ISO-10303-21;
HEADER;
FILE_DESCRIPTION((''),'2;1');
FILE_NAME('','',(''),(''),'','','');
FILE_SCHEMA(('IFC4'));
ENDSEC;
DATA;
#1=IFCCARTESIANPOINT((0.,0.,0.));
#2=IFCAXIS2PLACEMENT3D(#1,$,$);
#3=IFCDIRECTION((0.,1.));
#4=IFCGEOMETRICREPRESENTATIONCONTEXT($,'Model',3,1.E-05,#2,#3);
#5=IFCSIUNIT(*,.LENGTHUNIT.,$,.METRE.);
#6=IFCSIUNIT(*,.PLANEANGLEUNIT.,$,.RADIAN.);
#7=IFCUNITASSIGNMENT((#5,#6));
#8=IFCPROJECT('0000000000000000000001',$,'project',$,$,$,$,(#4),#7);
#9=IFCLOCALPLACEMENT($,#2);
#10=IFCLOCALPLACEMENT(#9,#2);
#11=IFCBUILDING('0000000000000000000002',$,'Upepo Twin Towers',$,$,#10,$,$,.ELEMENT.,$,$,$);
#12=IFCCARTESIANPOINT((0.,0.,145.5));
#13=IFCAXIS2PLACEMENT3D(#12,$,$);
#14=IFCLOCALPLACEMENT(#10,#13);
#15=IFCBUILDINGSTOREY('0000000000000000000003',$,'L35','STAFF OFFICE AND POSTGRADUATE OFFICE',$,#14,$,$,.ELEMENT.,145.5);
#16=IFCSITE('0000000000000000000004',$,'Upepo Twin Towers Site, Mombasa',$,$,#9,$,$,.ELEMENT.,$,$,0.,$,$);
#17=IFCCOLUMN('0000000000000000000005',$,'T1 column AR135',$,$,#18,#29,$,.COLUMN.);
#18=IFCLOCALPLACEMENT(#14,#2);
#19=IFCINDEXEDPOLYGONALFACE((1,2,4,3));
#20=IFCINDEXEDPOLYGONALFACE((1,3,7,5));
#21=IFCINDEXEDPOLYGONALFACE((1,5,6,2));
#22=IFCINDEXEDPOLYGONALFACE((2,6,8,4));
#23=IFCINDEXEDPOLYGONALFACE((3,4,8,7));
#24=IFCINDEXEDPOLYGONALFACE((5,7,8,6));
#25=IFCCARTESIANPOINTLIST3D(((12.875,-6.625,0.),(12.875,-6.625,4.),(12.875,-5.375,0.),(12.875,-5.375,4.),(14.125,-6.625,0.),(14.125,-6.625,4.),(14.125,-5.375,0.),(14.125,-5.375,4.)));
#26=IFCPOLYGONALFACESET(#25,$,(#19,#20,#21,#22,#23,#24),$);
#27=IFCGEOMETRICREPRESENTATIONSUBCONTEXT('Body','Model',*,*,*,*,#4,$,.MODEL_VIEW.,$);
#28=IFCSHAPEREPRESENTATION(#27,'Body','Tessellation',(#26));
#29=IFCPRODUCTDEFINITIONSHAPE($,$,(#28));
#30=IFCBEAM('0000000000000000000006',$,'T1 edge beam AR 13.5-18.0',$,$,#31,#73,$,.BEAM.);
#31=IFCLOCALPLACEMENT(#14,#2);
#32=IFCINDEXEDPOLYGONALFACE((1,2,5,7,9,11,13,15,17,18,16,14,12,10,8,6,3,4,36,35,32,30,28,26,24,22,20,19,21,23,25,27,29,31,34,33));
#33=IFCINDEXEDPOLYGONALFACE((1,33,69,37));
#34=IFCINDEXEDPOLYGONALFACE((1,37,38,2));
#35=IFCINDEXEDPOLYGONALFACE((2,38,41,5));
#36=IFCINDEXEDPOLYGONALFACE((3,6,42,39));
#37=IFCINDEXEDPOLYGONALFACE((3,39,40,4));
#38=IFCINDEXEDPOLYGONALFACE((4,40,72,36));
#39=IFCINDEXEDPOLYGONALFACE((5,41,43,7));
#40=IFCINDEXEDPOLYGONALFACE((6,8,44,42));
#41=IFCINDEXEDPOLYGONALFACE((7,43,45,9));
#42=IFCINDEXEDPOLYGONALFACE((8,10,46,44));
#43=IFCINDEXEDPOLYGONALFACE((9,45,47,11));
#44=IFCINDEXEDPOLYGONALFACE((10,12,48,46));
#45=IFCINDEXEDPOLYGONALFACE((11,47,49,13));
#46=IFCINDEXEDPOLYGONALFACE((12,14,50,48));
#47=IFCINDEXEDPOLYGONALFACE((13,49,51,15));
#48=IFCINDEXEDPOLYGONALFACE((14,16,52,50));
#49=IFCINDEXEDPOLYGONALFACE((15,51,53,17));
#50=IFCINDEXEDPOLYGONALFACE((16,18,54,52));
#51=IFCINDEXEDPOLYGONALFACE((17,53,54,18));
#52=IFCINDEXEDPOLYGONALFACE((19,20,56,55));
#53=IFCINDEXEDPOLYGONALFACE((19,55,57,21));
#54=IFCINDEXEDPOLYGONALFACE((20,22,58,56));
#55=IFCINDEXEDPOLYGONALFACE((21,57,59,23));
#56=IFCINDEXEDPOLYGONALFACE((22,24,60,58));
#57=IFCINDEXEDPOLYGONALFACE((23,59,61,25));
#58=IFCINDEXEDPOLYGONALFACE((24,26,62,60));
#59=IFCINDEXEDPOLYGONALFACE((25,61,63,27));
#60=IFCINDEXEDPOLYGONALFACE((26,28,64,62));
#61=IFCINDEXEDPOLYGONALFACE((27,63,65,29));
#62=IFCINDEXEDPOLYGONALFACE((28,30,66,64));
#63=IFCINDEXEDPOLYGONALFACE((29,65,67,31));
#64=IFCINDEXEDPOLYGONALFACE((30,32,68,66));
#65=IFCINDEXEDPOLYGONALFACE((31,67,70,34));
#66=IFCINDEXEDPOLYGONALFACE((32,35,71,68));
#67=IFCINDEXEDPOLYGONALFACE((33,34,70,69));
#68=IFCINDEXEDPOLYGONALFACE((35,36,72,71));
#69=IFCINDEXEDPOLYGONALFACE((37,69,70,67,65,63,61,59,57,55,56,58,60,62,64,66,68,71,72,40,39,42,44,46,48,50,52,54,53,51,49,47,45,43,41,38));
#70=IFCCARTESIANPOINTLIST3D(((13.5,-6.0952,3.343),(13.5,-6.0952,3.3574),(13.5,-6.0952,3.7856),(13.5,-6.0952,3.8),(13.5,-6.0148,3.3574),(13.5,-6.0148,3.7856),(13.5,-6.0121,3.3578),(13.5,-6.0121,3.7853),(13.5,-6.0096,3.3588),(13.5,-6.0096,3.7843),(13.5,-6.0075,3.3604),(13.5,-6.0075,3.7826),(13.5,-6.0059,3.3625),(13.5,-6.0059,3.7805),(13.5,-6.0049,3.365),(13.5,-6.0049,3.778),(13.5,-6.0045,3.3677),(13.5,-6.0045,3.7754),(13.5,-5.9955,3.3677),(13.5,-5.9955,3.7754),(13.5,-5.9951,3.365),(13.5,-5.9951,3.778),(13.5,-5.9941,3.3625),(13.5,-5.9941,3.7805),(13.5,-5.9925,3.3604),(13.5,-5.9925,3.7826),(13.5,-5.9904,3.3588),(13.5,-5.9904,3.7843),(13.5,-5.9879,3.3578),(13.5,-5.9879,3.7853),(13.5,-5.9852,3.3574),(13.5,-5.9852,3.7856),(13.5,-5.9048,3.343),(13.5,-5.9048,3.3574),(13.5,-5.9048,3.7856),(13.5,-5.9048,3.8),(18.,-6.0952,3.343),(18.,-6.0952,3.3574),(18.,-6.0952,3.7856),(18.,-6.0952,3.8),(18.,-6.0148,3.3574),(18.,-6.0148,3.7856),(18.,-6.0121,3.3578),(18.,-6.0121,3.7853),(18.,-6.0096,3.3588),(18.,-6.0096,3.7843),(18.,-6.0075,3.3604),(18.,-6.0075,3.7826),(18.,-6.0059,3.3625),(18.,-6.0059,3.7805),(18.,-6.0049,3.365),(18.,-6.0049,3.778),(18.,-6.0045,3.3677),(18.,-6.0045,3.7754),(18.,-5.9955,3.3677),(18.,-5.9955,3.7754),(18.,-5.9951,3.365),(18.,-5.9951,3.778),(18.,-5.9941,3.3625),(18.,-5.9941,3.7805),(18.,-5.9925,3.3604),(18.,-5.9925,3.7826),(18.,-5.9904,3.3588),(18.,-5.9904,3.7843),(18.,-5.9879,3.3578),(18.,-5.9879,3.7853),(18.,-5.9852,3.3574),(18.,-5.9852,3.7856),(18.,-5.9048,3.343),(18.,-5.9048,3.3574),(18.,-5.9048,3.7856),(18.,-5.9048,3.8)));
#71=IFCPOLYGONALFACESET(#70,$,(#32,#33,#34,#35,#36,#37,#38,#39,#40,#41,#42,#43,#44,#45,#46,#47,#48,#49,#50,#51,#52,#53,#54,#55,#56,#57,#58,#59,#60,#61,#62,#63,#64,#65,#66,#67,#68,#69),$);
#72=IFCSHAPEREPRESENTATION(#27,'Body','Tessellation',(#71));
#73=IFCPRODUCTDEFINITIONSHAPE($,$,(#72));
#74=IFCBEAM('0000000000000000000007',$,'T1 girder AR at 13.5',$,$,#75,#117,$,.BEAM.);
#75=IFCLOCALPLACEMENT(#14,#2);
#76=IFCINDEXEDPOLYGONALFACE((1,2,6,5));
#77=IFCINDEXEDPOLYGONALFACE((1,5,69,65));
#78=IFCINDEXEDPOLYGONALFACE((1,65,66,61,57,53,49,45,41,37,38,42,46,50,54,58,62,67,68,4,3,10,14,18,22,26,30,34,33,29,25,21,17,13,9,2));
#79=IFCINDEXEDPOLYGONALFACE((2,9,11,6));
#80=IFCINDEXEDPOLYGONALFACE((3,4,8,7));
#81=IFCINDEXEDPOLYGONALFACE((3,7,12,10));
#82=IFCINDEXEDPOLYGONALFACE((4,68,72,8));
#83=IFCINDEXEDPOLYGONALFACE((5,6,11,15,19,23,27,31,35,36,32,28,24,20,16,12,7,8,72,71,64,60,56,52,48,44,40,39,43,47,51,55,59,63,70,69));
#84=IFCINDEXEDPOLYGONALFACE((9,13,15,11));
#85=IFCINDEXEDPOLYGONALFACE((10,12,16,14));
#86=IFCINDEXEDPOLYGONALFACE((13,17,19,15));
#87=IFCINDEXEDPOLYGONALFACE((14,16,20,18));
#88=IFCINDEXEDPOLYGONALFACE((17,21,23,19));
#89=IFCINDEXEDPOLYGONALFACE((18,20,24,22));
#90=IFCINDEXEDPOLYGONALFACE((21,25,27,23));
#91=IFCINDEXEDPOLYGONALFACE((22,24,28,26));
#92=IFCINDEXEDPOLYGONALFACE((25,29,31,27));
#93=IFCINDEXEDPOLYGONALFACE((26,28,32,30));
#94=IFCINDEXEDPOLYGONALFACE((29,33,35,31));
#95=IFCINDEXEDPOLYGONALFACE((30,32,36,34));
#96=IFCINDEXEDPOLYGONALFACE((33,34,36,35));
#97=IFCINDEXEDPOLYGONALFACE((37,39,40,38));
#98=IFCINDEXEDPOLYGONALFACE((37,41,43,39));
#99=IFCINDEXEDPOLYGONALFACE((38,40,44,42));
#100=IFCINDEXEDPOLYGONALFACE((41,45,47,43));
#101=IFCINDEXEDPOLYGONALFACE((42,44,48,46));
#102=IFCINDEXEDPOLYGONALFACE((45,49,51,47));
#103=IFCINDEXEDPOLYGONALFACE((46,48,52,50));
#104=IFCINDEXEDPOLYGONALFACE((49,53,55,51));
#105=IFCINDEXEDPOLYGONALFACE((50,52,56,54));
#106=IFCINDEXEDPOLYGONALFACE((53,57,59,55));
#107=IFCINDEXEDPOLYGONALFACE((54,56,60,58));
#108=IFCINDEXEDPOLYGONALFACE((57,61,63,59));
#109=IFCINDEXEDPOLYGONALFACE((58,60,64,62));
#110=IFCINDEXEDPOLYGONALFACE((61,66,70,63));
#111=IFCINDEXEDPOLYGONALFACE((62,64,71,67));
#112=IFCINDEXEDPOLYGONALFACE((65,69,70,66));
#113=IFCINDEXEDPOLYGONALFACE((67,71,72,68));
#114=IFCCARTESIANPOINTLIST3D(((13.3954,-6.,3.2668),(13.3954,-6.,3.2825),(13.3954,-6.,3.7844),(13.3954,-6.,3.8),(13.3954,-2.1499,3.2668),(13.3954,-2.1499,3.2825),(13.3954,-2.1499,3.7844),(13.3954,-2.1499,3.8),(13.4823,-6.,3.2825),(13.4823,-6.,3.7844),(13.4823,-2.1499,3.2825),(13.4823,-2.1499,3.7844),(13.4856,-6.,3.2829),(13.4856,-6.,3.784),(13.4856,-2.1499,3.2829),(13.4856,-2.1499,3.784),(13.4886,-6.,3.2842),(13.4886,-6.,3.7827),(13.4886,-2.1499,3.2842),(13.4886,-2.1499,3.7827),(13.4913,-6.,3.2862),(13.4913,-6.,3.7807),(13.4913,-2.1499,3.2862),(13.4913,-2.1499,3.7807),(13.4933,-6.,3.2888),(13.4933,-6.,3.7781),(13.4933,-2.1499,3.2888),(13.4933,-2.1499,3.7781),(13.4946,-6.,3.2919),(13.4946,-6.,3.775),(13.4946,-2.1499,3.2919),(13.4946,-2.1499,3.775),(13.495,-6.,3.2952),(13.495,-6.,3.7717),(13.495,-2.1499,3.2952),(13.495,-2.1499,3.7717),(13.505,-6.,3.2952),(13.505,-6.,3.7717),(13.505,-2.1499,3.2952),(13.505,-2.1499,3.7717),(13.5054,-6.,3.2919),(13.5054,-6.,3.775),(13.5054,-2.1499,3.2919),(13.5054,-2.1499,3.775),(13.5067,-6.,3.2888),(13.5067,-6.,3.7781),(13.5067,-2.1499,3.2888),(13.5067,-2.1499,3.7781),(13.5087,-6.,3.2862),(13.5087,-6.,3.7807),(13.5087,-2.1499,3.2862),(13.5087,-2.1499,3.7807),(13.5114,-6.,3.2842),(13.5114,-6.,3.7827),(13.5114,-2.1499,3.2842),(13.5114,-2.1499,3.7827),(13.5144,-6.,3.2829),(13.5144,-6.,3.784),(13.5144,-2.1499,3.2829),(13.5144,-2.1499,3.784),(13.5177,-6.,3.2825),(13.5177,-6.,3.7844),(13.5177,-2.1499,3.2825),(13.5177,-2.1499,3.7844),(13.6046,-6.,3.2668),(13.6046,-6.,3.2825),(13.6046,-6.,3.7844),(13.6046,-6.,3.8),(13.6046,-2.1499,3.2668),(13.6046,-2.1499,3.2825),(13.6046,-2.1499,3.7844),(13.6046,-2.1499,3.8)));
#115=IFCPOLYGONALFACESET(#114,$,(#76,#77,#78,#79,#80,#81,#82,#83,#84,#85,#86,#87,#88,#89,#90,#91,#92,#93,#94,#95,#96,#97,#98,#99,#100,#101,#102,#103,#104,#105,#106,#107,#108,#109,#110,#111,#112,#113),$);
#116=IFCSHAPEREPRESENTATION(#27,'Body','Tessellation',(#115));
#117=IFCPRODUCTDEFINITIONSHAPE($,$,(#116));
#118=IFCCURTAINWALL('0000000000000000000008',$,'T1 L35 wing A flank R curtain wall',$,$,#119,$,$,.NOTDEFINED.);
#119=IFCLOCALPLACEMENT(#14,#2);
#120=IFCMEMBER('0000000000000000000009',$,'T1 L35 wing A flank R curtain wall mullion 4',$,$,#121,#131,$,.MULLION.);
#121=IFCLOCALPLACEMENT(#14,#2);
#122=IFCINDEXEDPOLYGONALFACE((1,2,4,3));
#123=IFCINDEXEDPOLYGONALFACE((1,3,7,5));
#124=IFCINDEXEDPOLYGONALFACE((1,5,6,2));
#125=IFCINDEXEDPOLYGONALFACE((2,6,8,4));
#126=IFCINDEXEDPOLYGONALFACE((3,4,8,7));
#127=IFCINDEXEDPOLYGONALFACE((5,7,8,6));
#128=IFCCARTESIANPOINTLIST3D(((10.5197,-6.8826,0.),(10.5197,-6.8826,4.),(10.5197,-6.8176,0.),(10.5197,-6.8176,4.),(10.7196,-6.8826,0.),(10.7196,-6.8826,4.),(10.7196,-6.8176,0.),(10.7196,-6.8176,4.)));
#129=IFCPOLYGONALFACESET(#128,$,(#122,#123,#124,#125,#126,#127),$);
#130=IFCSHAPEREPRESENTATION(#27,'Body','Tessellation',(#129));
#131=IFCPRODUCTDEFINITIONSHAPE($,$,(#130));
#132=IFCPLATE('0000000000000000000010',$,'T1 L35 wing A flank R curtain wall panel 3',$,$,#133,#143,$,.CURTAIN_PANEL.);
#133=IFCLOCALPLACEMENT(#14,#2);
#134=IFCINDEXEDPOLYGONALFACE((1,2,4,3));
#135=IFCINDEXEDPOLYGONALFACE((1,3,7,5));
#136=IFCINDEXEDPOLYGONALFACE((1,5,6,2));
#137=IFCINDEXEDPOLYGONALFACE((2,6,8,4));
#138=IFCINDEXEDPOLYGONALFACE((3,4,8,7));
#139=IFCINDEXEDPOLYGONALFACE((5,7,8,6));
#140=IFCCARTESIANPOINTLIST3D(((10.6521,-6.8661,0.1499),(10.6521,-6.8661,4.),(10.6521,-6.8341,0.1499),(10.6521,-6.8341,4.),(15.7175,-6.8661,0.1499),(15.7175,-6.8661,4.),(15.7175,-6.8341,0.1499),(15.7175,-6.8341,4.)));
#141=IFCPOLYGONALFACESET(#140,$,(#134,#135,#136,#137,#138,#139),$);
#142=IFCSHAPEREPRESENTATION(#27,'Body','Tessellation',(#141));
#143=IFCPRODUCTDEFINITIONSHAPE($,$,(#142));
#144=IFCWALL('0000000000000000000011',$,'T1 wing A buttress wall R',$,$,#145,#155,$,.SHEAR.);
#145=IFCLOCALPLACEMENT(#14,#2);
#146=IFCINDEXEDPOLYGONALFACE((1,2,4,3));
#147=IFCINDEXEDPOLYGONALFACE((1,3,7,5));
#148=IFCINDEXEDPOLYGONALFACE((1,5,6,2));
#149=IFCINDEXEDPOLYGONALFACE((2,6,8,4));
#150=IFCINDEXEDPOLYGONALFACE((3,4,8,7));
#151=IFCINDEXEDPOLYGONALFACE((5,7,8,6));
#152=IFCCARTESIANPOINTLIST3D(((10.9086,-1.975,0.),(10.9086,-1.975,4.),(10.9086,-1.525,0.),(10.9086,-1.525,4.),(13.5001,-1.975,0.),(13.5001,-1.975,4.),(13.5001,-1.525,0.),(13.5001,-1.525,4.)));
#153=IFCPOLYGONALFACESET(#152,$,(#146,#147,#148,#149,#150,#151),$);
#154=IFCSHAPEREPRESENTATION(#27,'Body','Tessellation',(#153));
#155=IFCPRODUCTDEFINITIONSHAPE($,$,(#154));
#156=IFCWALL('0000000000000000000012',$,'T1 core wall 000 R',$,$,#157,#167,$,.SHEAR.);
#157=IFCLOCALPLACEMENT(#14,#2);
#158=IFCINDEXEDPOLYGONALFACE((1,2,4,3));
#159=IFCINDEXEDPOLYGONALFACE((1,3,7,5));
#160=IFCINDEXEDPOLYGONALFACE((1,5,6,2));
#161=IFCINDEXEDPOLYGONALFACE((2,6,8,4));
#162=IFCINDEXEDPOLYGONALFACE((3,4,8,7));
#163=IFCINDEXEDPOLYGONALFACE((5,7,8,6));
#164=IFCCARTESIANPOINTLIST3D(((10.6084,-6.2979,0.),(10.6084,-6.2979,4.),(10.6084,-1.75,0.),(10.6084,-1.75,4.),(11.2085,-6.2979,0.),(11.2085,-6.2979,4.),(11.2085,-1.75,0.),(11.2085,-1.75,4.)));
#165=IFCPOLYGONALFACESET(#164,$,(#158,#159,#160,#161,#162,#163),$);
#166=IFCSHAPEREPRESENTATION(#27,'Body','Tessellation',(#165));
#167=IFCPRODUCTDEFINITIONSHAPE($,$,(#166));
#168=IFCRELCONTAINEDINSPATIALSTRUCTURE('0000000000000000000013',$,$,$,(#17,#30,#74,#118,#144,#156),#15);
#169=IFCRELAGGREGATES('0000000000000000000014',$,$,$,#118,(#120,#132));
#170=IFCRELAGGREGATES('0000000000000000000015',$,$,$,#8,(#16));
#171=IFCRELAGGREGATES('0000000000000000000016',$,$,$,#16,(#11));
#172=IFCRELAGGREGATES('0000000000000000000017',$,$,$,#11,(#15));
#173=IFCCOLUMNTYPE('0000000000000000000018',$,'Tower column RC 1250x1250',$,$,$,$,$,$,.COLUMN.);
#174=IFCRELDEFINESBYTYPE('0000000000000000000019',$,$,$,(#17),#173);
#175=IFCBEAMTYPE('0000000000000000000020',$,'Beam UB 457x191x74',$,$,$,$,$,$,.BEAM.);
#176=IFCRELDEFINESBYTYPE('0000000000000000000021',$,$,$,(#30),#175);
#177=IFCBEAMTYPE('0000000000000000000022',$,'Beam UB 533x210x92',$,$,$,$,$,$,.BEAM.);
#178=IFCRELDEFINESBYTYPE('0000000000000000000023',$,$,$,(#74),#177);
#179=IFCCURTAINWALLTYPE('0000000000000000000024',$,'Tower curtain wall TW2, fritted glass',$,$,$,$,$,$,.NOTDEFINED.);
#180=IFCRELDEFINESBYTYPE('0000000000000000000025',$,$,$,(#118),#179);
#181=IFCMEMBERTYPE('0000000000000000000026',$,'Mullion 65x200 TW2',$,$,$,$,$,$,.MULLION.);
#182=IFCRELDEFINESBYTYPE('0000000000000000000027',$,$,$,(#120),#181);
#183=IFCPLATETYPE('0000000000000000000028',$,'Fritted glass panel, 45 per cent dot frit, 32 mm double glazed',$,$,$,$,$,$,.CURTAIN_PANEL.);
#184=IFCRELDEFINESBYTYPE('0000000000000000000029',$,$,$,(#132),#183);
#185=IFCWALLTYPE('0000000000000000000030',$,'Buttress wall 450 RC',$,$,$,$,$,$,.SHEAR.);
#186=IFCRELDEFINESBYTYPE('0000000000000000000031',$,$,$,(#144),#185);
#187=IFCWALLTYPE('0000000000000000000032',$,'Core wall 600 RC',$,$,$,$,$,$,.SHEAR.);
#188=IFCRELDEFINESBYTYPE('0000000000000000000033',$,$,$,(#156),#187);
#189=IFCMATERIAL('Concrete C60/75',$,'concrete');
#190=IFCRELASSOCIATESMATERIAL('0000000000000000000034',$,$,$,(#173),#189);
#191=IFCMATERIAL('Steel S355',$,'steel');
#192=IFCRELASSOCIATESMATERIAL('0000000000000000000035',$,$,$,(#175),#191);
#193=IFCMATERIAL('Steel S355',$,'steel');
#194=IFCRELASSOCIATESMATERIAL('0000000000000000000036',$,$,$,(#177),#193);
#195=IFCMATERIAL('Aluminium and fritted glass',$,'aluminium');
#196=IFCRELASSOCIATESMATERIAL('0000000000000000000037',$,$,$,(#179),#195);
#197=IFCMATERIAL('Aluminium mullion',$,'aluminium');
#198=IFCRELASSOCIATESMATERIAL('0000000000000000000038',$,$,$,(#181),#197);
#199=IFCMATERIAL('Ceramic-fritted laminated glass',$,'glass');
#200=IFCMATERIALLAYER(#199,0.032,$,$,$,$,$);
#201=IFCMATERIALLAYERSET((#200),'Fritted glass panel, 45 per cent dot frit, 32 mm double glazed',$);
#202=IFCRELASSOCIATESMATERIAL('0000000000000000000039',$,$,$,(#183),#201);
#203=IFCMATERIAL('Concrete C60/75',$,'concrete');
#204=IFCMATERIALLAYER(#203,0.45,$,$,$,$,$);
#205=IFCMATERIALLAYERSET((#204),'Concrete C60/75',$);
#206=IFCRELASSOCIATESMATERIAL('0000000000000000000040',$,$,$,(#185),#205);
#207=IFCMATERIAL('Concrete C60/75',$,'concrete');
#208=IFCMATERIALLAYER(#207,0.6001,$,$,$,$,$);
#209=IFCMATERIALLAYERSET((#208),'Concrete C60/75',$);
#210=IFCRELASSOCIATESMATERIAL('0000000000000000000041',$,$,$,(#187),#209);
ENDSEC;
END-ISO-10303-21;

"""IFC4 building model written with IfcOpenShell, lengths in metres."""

from ifc_helpers import new_model, si_unit, direction, frame, frame_2d, origin, origin_2d, place, context, subcontext, project, spatial, rectangle, i_section, extrude, material, layer, layer_set, material_profile, profile_set, type_object, element, aggregate, save


model = new_model("IFC4")

# Units and contexts
model_context = context("Model", 3, precision=1e-05, world=origin(), true_north=direction((0.0, 1.0)))
body_context = subcontext(model_context, "Body", "Model", "MODEL_VIEW")
ifc_project = project(units=[si_unit("LENGTHUNIT", "METRE"), si_unit("PLANEANGLEUNIT", "RADIAN")], contexts=[model_context])

# Site, building, storey
site_placement = place(None, origin())
site = spatial("IfcSite", under=ifc_project, at=site_placement, Name="Upepo Twin Towers Site, Mombasa", CompositionType="ELEMENT", RefElevation=0.0)
building_placement = place(site_placement, origin())
building = spatial("IfcBuilding", under=site, at=building_placement, Name="Upepo Twin Towers", CompositionType="ELEMENT")
storey_placement = place(building_placement, frame((0.0, 0.0, 145.5)))
storey = spatial("IfcBuildingStorey", under=building, at=storey_placement, Name="L35", Description="STAFF OFFICE AND POSTGRADUATE OFFICE", CompositionType="ELEMENT", Elevation=145.5)

# Column
ifc_material_1 = material(Name="Concrete C60/75", Category="concrete")
ifc_material_profile_1 = material_profile(ifc_material_1, rectangle(XDim=1.25, YDim=1.25, at=origin_2d()), Name="RC 1250x1250")
ifc_profile_set_1 = profile_set([ifc_material_profile_1], Name="Concrete C60/75")
column_type = type_object("IfcColumnType", Name="Tower column RC 1250x1250", PredefinedType="COLUMN", material=ifc_profile_set_1)
column_placement = place(storey_placement, frame((13.5, -6.0, 0.0), z_axis=(0.0, 0.0, 1.0), x_axis=(1.0, 0.0, 0.0)))
element("IfcColumn", 1, at=column_placement, inside=storey, type_object=column_type, Name="T1 column AR135", PredefinedType="COLUMN", context=body_context, shape_type="SweptSolid", body=[
    extrude(rectangle(XDim=1.25, YDim=1.25, at=origin_2d()), origin(), (0.0, 0.0, 1.0), 4.0),
])

# Beams
ifc_material_2 = material(Name="Steel S355", Category="steel")
ifc_material_profile_2 = material_profile(ifc_material_2, i_section(OverallWidth=0.1904, OverallDepth=0.457, WebThickness=0.009, FlangeThickness=0.0144, FilletRadius=0.0103, at=origin_2d()), Name="UB 457x191x74")
ifc_profile_set_2 = profile_set([ifc_material_profile_2], Name="Steel S355")
beam_type_1 = type_object("IfcBeamType", Name="Beam UB 457x191x74", PredefinedType="BEAM", material=ifc_profile_set_2)
beam_1_placement = place(storey_placement, frame((13.5, -6.0, 3.5715), z_axis=(1.0, 0.0, 0.0), x_axis=(0.0, 1.0, 0.0)))
element("IfcBeam", 2, at=beam_1_placement, inside=storey, type_object=beam_type_1, Name="T1 edge beam AR 13.5-18.0", PredefinedType="BEAM", context=body_context, shape_type="SweptSolid", body=[
    extrude(i_section(OverallWidth=0.1904, OverallDepth=0.457, WebThickness=0.009, FlangeThickness=0.0144, FilletRadius=0.0103, at=origin_2d()), origin(), (0.0, 0.0, 1.0), 4.5),
])
ifc_material_3 = material(Name="Steel S355", Category="steel")
ifc_material_profile_3 = material_profile(ifc_material_3, i_section(OverallWidth=0.2092, OverallDepth=0.5332, WebThickness=0.01, FlangeThickness=0.0156, FilletRadius=0.0127, at=origin_2d()), Name="UB 533x210x92")
ifc_profile_set_3 = profile_set([ifc_material_profile_3], Name="Steel S355")
beam_type_2 = type_object("IfcBeamType", Name="Beam UB 533x210x92", PredefinedType="BEAM", material=ifc_profile_set_3)
beam_2_placement = place(storey_placement, frame((13.5, -6.0, 3.5334), z_axis=(0.0, 1.0, 0.0), x_axis=(-1.0, 0.0, 0.0)))
element("IfcBeam", 3, at=beam_2_placement, inside=storey, type_object=beam_type_2, Name="T1 girder AR at 13.5", PredefinedType="BEAM", context=body_context, shape_type="SweptSolid", body=[
    extrude(i_section(OverallWidth=0.2092, OverallDepth=0.5332, WebThickness=0.01, FlangeThickness=0.0156, FilletRadius=0.0127, at=origin_2d()), origin(), (0.0, 0.0, 1.0), 3.8501),
])

# Curtain wall, member, plate
ifc_material_4 = material(Name="Aluminium and fritted glass", Category="aluminium")
curtain_wall_type = type_object("IfcCurtainWallType", Name="Tower curtain wall TW2, fritted glass", PredefinedType="NOTDEFINED", material=ifc_material_4)
curtain_wall_placement = place(storey_placement, origin())
curtain_wall = element("IfcCurtainWall", 4, at=curtain_wall_placement, inside=storey, type_object=curtain_wall_type, Name="T1 L35 wing A flank R curtain wall", PredefinedType="NOTDEFINED")
ifc_material_5 = material(Name="Aluminium mullion", Category="aluminium")
ifc_material_profile_4 = material_profile(ifc_material_5, rectangle(XDim=0.0649, YDim=0.2, at=origin_2d()), Name="MULLION 65x200")
ifc_profile_set_4 = profile_set([ifc_material_profile_4], Name="Aluminium mullion")
member_type = type_object("IfcMemberType", Name="Mullion 65x200 TW2", PredefinedType="MULLION", material=ifc_profile_set_4)
member_placement = place(storey_placement, frame((10.6196, -6.8501, 0.0), z_axis=(0.0, 0.0, 1.0), x_axis=(0.0, -1.0, 0.0)))
member = element("IfcMember", 5, at=member_placement, type_object=member_type, Name="T1 L35 wing A flank R curtain wall mullion 4", PredefinedType="MULLION", context=body_context, shape_type="SweptSolid", body=[
    extrude(rectangle(XDim=0.0649, YDim=0.2, at=origin_2d()), origin(), (0.0, 0.0, 1.0), 4.0),
])
ifc_material_6 = material(Name="Ceramic-fritted laminated glass", Category="glass")
ifc_layer_1 = layer(ifc_material_6, 0.032)
ifc_layer_set_1 = layer_set([ifc_layer_1], Name="Fritted glass panel, 45 per cent dot frit, 32 mm double glazed")
plate_type = type_object("IfcPlateType", Name="Fritted glass panel, 45 per cent dot frit, 32 mm double glazed", PredefinedType="CURTAIN_PANEL", material=ifc_layer_set_1)
plate_placement = place(storey_placement, frame((13.1848, -6.8501, 0.1499), z_axis=(0.0, 0.0, 1.0), x_axis=(-1.0, 0.0, 0.0)))
plate = element("IfcPlate", 6, at=plate_placement, type_object=plate_type, Name="T1 L35 wing A flank R curtain wall panel 3", PredefinedType="CURTAIN_PANEL", context=body_context, shape_type="SweptSolid", body=[
    extrude(rectangle(XDim=5.0654, YDim=0.032, at=origin_2d()), origin(), (0.0, 0.0, 1.0), 3.8501),
])
aggregate(curtain_wall, [member, plate])

# Walls
ifc_material_7 = material(Name="Concrete C60/75", Category="concrete")
ifc_layer_2 = layer(ifc_material_7, 0.45)
ifc_layer_set_2 = layer_set([ifc_layer_2], Name="Concrete C60/75")
wall_type_1 = type_object("IfcWallType", Name="Buttress wall 450 RC", PredefinedType="SHEAR", material=ifc_layer_set_2)
wall_1_placement = place(storey_placement, frame((10.9084, -1.75, 0.0), z_axis=(0.0, 0.0, 1.0), x_axis=(1.0, 0.0, 0.0)))
element("IfcWall", 7, at=wall_1_placement, inside=storey, type_object=wall_type_1, Name="T1 wing A buttress wall R", PredefinedType="SHEAR", context=body_context, shape_type="SweptSolid", body=[
    extrude(rectangle(XDim=2.5916, YDim=0.45, at=frame_2d((1.2959, 0.0))), origin(), (0.0, 0.0, 1.0), 4.0),
])
ifc_material_8 = material(Name="Concrete C60/75", Category="concrete")
ifc_layer_3 = layer(ifc_material_8, 0.6001)
ifc_layer_set_3 = layer_set([ifc_layer_3], Name="Concrete C60/75")
wall_type_2 = type_object("IfcWallType", Name="Core wall 600 RC", PredefinedType="SHEAR", material=ifc_layer_set_3)
wall_2_placement = place(storey_placement, frame((10.9084, -6.2979, 0.0), z_axis=(0.0, 0.0, 1.0), x_axis=(0.0, 1.0, 0.0)))
element("IfcWall", 8, at=wall_2_placement, inside=storey, type_object=wall_type_2, Name="T1 core wall 000 R", PredefinedType="SHEAR", context=body_context, shape_type="SweptSolid", body=[
    extrude(rectangle(XDim=4.5479, YDim=0.6001, at=frame_2d((2.2739, 0.0))), origin(), (0.0, 0.0, 1.0), 4.0),
])

save(model, "model.ifc")
